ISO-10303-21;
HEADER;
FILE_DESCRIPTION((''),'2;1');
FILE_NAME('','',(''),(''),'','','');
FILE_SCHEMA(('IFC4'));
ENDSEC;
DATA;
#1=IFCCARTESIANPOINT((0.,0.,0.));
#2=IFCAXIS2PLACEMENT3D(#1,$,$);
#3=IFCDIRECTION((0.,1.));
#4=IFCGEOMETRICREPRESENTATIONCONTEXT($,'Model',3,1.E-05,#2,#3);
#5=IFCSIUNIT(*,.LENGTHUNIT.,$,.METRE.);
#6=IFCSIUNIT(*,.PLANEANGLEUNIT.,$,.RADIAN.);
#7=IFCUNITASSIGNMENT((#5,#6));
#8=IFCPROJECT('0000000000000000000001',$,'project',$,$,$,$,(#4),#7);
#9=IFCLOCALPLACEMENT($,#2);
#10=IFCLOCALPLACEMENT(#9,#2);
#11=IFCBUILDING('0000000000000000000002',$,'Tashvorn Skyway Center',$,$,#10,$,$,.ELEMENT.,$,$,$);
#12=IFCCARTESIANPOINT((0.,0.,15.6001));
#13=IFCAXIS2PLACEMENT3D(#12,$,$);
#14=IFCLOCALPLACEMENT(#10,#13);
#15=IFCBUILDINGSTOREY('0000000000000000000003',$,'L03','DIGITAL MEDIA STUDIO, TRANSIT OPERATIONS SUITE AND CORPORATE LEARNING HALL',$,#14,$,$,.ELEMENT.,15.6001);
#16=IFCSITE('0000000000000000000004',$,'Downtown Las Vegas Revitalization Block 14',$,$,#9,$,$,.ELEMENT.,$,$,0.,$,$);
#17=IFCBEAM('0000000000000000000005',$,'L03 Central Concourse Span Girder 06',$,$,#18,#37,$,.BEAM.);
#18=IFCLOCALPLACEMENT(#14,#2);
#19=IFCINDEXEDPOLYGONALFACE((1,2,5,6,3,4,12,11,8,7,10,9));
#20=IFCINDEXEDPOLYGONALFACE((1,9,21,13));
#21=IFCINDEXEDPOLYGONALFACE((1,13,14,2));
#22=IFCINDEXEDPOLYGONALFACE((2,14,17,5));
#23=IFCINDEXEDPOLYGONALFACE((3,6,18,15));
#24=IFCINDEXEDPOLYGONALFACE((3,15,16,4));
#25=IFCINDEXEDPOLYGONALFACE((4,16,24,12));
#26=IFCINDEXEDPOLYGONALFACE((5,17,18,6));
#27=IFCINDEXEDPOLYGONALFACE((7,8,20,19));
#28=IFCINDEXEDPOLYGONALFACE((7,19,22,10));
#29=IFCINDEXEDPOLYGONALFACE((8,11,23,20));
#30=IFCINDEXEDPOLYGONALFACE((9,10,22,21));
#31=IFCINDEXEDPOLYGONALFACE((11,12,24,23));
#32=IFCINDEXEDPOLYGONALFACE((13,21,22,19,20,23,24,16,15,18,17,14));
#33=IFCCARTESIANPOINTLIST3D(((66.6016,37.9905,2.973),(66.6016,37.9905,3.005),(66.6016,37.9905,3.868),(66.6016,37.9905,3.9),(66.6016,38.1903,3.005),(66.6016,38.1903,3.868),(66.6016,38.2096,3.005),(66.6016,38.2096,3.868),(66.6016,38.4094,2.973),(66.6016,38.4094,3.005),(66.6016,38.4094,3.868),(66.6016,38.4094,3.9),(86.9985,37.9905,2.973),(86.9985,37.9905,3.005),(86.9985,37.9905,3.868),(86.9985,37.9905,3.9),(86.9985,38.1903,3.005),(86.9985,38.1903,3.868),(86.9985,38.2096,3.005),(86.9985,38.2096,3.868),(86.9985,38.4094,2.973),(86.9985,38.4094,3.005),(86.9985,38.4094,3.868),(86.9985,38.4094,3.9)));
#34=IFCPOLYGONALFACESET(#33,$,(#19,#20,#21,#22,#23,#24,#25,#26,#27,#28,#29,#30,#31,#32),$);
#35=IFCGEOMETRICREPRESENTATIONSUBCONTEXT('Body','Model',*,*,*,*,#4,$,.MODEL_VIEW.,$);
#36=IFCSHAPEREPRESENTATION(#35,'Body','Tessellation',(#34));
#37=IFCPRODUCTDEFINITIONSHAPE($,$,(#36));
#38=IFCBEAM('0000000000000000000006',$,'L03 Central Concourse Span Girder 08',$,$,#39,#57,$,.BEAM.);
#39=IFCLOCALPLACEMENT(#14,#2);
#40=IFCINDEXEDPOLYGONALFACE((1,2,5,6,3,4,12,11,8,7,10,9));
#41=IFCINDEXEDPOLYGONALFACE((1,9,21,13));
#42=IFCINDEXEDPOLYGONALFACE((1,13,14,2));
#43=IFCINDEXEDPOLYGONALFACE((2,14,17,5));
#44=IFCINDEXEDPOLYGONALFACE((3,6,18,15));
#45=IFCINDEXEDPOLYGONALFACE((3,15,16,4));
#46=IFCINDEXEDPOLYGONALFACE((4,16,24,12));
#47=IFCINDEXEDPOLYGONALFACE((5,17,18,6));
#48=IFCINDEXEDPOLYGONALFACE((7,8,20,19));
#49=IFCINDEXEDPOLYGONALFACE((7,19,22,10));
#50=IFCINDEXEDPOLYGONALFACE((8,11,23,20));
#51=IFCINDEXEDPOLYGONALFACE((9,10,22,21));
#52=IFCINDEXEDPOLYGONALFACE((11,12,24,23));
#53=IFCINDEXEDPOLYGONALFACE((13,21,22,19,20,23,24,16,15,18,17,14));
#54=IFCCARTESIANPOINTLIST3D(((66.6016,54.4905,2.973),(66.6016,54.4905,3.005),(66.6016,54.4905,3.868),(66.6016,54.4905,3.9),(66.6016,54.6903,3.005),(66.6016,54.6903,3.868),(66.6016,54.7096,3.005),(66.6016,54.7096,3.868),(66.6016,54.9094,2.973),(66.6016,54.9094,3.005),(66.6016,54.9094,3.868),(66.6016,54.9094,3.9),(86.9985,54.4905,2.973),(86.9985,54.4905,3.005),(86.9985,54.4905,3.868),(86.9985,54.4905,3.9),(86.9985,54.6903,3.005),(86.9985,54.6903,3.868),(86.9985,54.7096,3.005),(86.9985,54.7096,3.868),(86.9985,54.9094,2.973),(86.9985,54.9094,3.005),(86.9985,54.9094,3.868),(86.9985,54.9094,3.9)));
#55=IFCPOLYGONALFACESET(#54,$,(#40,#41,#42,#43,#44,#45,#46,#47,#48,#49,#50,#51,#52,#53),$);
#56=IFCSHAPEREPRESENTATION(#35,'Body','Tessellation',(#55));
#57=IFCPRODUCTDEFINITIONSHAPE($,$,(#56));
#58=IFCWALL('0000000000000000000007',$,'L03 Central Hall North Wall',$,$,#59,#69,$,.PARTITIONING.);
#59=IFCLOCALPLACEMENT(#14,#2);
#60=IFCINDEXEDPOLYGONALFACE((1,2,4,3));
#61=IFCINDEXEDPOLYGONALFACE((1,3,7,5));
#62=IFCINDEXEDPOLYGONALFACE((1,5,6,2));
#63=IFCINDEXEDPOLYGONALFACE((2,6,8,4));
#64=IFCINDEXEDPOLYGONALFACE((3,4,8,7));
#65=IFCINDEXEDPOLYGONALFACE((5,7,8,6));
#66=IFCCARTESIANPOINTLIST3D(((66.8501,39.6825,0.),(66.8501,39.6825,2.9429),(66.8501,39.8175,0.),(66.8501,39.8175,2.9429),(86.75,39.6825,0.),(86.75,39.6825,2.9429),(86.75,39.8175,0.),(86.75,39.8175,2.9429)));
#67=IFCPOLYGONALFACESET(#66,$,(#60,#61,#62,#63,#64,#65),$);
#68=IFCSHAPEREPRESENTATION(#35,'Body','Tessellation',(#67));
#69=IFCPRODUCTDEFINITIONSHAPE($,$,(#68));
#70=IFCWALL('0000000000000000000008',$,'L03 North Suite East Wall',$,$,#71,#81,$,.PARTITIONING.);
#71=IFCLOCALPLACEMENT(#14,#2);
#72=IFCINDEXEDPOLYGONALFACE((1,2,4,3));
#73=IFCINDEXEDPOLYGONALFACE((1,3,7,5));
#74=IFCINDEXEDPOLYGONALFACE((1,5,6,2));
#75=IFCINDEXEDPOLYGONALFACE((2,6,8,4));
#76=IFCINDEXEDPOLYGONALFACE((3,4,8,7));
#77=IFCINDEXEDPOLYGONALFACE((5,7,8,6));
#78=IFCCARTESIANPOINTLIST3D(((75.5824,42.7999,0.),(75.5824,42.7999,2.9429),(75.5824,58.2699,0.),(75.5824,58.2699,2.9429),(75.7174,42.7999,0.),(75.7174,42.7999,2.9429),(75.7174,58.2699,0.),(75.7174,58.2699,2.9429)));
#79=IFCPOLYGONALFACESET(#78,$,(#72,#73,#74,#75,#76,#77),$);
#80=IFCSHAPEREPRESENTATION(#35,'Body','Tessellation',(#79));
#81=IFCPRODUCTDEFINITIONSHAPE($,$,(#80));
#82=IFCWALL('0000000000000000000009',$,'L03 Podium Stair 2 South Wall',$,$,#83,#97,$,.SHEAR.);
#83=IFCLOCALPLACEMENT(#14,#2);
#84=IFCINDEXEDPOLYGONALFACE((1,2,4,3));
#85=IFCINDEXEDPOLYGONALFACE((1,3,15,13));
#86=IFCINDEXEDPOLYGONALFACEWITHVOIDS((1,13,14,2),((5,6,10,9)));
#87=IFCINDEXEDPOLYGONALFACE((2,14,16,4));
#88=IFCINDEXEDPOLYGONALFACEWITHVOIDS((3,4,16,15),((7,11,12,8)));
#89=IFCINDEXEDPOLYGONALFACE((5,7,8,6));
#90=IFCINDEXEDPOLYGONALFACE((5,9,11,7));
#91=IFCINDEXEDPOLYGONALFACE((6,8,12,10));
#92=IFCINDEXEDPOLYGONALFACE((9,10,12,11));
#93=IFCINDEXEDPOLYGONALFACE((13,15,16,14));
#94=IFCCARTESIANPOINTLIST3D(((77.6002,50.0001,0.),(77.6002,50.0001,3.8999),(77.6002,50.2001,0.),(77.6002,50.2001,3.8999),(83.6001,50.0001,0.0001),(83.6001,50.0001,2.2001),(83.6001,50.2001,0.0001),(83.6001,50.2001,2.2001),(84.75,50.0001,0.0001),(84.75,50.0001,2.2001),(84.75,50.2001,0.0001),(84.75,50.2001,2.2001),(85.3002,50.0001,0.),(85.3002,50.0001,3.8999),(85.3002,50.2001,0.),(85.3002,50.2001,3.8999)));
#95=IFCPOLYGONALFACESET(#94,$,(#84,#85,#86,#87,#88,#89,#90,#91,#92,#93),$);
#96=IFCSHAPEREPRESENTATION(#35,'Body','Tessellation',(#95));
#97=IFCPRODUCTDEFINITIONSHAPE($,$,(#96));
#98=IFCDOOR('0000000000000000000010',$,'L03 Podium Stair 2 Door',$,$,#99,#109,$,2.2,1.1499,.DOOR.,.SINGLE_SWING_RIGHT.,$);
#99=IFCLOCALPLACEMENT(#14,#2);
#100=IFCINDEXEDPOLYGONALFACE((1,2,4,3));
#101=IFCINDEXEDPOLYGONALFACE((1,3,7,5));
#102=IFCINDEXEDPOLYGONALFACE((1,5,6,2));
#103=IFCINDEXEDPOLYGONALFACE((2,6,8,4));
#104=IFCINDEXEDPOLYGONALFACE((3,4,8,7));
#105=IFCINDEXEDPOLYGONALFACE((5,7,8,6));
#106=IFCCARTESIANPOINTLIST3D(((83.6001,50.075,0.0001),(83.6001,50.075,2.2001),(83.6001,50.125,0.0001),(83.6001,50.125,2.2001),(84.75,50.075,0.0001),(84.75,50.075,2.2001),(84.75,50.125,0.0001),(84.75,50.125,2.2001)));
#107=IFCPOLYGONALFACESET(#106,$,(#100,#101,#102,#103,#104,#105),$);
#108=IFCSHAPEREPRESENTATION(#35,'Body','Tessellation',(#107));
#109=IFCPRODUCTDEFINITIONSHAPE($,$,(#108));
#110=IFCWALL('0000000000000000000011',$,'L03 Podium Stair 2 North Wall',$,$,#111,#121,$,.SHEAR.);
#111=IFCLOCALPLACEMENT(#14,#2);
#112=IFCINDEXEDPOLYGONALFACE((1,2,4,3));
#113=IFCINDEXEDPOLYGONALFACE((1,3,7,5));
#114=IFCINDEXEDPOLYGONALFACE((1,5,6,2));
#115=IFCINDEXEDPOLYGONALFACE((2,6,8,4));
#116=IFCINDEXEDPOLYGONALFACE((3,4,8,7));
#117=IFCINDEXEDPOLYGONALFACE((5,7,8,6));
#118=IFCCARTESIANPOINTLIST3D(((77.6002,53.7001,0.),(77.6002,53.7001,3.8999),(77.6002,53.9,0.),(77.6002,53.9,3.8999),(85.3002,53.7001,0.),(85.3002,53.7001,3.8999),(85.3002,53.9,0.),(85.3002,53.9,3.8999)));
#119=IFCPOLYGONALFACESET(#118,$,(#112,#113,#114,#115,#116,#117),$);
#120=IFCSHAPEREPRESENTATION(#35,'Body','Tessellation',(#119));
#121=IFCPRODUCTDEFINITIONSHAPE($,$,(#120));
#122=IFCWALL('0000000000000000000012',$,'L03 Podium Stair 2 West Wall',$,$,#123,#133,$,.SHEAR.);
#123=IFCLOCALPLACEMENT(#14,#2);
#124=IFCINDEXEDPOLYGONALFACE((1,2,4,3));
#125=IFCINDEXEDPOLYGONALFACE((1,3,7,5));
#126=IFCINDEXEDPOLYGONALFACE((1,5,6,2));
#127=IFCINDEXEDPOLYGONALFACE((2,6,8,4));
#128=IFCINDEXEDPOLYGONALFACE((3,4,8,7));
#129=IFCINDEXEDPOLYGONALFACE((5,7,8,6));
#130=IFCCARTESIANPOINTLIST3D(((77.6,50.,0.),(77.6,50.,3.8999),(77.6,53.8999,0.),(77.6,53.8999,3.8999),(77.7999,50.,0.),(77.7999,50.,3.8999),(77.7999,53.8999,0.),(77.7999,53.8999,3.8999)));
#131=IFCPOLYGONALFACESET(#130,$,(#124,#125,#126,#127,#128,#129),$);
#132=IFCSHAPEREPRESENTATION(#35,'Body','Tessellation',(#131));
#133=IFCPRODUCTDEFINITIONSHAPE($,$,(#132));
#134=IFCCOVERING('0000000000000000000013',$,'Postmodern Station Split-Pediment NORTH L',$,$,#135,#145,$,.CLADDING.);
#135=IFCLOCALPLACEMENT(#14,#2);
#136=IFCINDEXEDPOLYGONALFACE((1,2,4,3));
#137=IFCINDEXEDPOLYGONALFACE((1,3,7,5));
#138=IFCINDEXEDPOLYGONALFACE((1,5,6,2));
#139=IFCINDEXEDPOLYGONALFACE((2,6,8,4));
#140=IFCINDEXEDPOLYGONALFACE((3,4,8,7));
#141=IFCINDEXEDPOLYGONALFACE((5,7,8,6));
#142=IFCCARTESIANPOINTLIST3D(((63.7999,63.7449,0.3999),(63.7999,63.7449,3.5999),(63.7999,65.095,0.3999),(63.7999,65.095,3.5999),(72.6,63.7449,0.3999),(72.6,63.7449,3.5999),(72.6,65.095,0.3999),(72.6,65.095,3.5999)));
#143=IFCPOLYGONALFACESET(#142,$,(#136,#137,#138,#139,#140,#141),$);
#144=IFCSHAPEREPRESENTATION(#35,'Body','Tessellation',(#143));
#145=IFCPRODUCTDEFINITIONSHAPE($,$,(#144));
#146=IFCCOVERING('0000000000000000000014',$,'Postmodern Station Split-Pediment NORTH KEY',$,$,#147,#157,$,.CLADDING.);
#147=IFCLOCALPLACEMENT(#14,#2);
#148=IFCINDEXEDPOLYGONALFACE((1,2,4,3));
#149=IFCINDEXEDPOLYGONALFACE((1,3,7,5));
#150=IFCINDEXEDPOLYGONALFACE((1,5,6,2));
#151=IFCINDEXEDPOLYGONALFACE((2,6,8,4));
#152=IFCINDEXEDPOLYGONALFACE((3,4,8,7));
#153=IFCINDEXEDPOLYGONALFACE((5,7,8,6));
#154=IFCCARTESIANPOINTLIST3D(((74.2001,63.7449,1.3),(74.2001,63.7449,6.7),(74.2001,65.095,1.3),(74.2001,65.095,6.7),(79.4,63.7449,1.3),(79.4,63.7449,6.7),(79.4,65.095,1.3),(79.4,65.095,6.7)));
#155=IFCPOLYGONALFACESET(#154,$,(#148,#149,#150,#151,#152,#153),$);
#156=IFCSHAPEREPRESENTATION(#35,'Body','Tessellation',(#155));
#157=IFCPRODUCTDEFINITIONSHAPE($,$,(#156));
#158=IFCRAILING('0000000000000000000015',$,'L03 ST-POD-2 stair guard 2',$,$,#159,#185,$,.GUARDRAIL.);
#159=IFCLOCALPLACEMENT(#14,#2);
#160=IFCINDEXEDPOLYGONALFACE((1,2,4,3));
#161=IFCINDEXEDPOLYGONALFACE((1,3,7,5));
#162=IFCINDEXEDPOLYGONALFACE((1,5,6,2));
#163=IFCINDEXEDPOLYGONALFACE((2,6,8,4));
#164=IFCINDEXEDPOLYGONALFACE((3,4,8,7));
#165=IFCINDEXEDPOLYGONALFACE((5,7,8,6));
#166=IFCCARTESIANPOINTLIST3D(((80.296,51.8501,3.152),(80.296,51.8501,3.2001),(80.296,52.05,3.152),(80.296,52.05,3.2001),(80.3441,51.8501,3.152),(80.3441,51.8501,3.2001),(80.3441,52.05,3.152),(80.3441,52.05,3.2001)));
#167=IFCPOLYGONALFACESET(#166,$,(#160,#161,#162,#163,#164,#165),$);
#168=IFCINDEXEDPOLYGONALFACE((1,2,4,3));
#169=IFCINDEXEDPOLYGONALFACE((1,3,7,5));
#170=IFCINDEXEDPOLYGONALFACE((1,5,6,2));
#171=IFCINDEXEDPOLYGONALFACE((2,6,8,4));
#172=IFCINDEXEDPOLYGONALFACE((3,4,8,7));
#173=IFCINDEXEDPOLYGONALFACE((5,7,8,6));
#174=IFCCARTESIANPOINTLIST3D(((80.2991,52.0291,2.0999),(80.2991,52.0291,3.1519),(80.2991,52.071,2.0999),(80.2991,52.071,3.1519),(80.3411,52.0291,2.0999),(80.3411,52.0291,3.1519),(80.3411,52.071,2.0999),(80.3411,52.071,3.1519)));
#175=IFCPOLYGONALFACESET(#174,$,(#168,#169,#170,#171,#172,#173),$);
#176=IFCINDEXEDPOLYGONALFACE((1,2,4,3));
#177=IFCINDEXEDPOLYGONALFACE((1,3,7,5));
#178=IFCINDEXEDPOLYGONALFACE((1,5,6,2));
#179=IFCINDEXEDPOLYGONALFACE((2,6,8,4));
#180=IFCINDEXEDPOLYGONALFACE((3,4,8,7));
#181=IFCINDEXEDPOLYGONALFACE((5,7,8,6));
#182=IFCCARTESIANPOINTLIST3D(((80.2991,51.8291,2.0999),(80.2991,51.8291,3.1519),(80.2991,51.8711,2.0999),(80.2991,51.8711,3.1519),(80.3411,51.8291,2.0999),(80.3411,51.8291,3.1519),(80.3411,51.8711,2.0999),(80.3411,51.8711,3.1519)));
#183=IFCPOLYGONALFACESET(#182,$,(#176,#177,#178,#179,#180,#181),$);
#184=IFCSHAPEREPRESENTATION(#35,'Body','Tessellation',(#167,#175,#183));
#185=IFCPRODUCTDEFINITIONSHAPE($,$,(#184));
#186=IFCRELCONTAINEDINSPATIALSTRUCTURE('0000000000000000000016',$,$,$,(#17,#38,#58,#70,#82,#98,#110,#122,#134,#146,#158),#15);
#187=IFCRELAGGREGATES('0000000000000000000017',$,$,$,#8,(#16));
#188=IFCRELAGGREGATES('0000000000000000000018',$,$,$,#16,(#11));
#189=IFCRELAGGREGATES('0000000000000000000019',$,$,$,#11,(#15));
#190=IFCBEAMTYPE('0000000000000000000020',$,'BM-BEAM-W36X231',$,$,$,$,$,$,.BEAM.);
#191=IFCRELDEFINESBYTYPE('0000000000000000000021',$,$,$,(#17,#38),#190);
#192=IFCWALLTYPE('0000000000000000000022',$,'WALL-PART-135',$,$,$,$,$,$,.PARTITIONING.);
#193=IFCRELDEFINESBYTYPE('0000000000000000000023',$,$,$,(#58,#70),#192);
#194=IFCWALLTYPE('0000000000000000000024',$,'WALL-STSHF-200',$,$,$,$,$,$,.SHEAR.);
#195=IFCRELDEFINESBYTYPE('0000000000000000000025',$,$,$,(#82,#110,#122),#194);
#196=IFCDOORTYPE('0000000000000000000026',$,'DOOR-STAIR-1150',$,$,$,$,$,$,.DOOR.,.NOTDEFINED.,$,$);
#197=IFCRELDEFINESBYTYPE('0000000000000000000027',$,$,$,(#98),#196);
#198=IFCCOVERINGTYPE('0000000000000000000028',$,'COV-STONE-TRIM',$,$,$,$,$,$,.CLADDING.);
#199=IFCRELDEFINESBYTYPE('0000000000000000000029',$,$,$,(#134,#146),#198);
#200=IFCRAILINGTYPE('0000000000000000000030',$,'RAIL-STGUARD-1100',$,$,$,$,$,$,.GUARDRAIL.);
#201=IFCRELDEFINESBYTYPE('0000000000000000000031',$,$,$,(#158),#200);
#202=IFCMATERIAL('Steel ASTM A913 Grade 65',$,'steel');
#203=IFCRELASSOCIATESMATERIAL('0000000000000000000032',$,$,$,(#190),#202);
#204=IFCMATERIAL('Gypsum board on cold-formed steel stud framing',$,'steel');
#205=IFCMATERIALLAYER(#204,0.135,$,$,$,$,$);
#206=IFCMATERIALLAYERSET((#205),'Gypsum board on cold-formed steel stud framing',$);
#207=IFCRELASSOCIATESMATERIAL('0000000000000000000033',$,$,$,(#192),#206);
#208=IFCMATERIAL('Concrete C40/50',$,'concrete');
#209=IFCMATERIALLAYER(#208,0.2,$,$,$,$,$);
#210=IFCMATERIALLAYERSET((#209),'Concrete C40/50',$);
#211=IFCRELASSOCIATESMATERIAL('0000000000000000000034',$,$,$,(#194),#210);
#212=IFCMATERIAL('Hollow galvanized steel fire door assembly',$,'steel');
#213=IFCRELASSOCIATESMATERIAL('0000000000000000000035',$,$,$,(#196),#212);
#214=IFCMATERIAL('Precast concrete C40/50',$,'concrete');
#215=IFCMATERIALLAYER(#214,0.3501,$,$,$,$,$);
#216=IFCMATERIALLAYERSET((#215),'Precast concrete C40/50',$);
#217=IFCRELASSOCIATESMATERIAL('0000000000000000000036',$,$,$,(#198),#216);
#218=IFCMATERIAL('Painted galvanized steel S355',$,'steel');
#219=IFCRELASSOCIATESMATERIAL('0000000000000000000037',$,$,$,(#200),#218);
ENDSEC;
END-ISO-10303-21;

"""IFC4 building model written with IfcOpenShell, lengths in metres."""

from ifc_helpers import new_model, si_unit, direction, frame, frame_2d, origin, origin_2d, place, context, subcontext, project, spatial, rectangle, i_section, extrude, material, layer, layer_set, material_profile, profile_set, type_object, element, fill, save


model = new_model("IFC4")

# Units and contexts
model_context = context("Model", 3, precision=1e-05, world=origin(), true_north=direction((0.0, 1.0)))
body_context = subcontext(model_context, "Body", "Model", "MODEL_VIEW")
ifc_project = project(units=[si_unit("LENGTHUNIT", "METRE"), si_unit("PLANEANGLEUNIT", "RADIAN")], contexts=[model_context])

# Site, building, storey
site_placement = place(None, origin())
site = spatial("IfcSite", under=ifc_project, at=site_placement, Name="Downtown Las Vegas Revitalization Block 14", CompositionType="ELEMENT", RefElevation=0.0)
building_placement = place(site_placement, origin())
building = spatial("IfcBuilding", under=site, at=building_placement, Name="Tashvorn Skyway Center", CompositionType="ELEMENT")
storey_placement = place(building_placement, frame((0.0, 0.0, 15.6001)))
storey = spatial("IfcBuildingStorey", under=building, at=storey_placement, Name="L03", Description="DIGITAL MEDIA STUDIO, TRANSIT OPERATIONS SUITE AND CORPORATE LEARNING HALL", CompositionType="ELEMENT", Elevation=15.6001)

# Beams
ifc_material_1 = material(Name="Steel ASTM A913 Grade 65", Category="steel")
ifc_material_profile_1 = material_profile(ifc_material_1, i_section(OverallWidth=0.4189, OverallDepth=0.927, WebThickness=0.0193, FlangeThickness=0.032, at=origin_2d()), Name="W36X231")
ifc_profile_set_1 = profile_set([ifc_material_profile_1], Name="Steel ASTM A913 Grade 65")
beam_type_1 = type_object("IfcBeamType", Name="BM-BEAM-W36X231", PredefinedType="BEAM", material=ifc_profile_set_1)
for number, where, z_axis, x_axis, name in (
    (1, (66.6016, 38.2, 3.4365), (1.0, 0.0, 0.0), (0.0, 1.0, 0.0), "L03 Central Concourse Span Girder 06"),
    (2, (66.6016, 54.7, 3.4365), (1.0, 0.0, 0.0), (0.0, 1.0, 0.0), "L03 Central Concourse Span Girder 08"),
):
    element("IfcBeam", number, at=place(storey_placement, frame(where, z_axis=z_axis, x_axis=x_axis)), inside=storey, type_object=beam_type_1, Name=name, PredefinedType="BEAM", context=body_context, shape_type="SweptSolid", body=[
        extrude(i_section(OverallWidth=0.4189, OverallDepth=0.927, WebThickness=0.0193, FlangeThickness=0.032, at=origin_2d()), origin(), (0.0, 0.0, 1.0), 20.397),
    ])

# Walls
ifc_material_2 = material(Name="Gypsum board on cold-formed steel stud framing", Category="steel")
ifc_layer_1 = layer(ifc_material_2, 0.135)
ifc_layer_set_1 = layer_set([ifc_layer_1], Name="Gypsum board on cold-formed steel stud framing")
wall_type_1 = type_object("IfcWallType", Name="WALL-PART-135", PredefinedType="PARTITIONING", material=ifc_layer_set_1)
wall_1_placement = place(storey_placement, frame((66.8501, 39.75, 0.0), z_axis=(0.0, 0.0, 1.0), x_axis=(1.0, 0.0, 0.0)))
element("IfcWall", 3, at=wall_1_placement, inside=storey, type_object=wall_type_1, Name="L03 Central Hall North Wall", PredefinedType="PARTITIONING", context=body_context, shape_type="SweptSolid", body=[
    extrude(rectangle(XDim=19.8999, YDim=0.135, at=frame_2d((9.95, 0.0))), origin(), (0.0, 0.0, 1.0), 2.9429),
])
wall_2_placement = place(storey_placement, frame((75.6499, 42.8, 0.0), z_axis=(0.0, 0.0, 1.0), x_axis=(0.0, 1.0, 0.0)))
element("IfcWall", 4, at=wall_2_placement, inside=storey, type_object=wall_type_1, Name="L03 North Suite East Wall", PredefinedType="PARTITIONING", context=body_context, shape_type="SweptSolid", body=[
    extrude(rectangle(XDim=15.47, YDim=0.135, at=frame_2d((7.7349, 0.0))), origin(), (0.0, 0.0, 1.0), 2.9429),
])

# Wall, opening, door
ifc_material_3 = material(Name="Concrete C40/50", Category="concrete")
ifc_layer_2 = layer(ifc_material_3, 0.2)
ifc_layer_set_2 = layer_set([ifc_layer_2], Name="Concrete C40/50")
wall_type_2 = type_object("IfcWallType", Name="WALL-STSHF-200", PredefinedType="SHEAR", material=ifc_layer_set_2)
wall_3_placement = place(storey_placement, frame((77.6001, 50.1001, 0.0), z_axis=(0.0, 0.0, 1.0), x_axis=(1.0, 0.0, 0.0)))
wall_3 = element("IfcWall", 5, at=wall_3_placement, inside=storey, type_object=wall_type_2, Name="L03 Podium Stair 2 South Wall", PredefinedType="SHEAR", context=body_context, shape_type="SweptSolid", body=[
    extrude(rectangle(XDim=7.7, YDim=0.2, at=frame_2d((3.8501, 0.0))), origin(), (0.0, 0.0, 1.0), 3.8999),
])
opening_placement = place(wall_3_placement, frame((6.0, 0.0, 0.0)))
opening = element("IfcOpeningElement", 6, at=opening_placement, cuts=wall_3, PredefinedType="OPENING", context=body_context, shape_type="SweptSolid", body=[
    extrude(rectangle(XDim=1.1499, YDim=2.2, at=frame_2d((0.575, 1.1001))), frame((0.0, 0.1099, 0.0), z_axis=(0.0, -1.0, 0.0), x_axis=(1.0, 0.0, 0.0)), (0.0, 0.0, 1.0), 0.22),
])
ifc_material_4 = material(Name="Hollow galvanized steel fire door assembly", Category="steel")
door_type = type_object("IfcDoorType", Name="DOOR-STAIR-1150", OperationType="NOTDEFINED", PredefinedType="DOOR", material=ifc_material_4)
door_placement = place(opening_placement, origin())
door = element("IfcDoor", 7, at=door_placement, inside=storey, type_object=door_type, Name="L03 Podium Stair 2 Door", OperationType="SINGLE_SWING_RIGHT", OverallHeight=2.2, OverallWidth=1.1499, PredefinedType="DOOR", context=body_context, shape_type="SweptSolid", body=[
    extrude(rectangle(XDim=1.1499, YDim=2.2, at=frame_2d((0.575, 1.1001))), frame((0.0, 0.0249, 0.0), z_axis=(0.0, -1.0, 0.0), x_axis=(1.0, 0.0, 0.0)), (0.0, 0.0, 1.0), 0.05),
])
fill(opening, door)

# Walls
wall_4_placement = place(storey_placement, frame((77.6001, 53.8, 0.0), z_axis=(0.0, 0.0, 1.0), x_axis=(1.0, 0.0, 0.0)))
element("IfcWall", 8, at=wall_4_placement, inside=storey, type_object=wall_type_2, Name="L03 Podium Stair 2 North Wall", PredefinedType="SHEAR", context=body_context, shape_type="SweptSolid", body=[
    extrude(rectangle(XDim=7.7, YDim=0.2, at=frame_2d((3.8501, 0.0))), origin(), (0.0, 0.0, 1.0), 3.8999),
])
wall_5_placement = place(storey_placement, frame((77.7, 50.0, 0.0), z_axis=(0.0, 0.0, 1.0), x_axis=(0.0, 1.0, 0.0)))
element("IfcWall", 9, at=wall_5_placement, inside=storey, type_object=wall_type_2, Name="L03 Podium Stair 2 West Wall", PredefinedType="SHEAR", context=body_context, shape_type="SweptSolid", body=[
    extrude(rectangle(XDim=3.8999, YDim=0.2, at=frame_2d((1.95, 0.0))), origin(), (0.0, 0.0, 1.0), 3.8999),
])

# Coverings
ifc_material_5 = material(Name="Precast concrete C40/50", Category="concrete")
ifc_layer_3 = layer(ifc_material_5, 0.3501)
ifc_layer_set_3 = layer_set([ifc_layer_3], Name="Precast concrete C40/50")
covering_type = type_object("IfcCoveringType", Name="COV-STONE-TRIM", PredefinedType="CLADDING", material=ifc_layer_set_3)
covering_1_placement = place(storey_placement, frame((68.2, 64.4199, 0.3999), z_axis=(0.0, 0.0, 1.0), x_axis=(1.0, 0.0, 0.0)))
element("IfcCovering", 10, at=covering_1_placement, inside=storey, type_object=covering_type, Name="Postmodern Station Split-Pediment NORTH L", PredefinedType="CLADDING", context=body_context, shape_type="SweptSolid", body=[
    extrude(rectangle(XDim=8.8, YDim=1.3501, at=origin_2d()), origin(), (0.0, 0.0, 1.0), 3.2),
])
covering_2_placement = place(storey_placement, frame((76.8, 64.4199, 1.3), z_axis=(0.0, 0.0, 1.0), x_axis=(1.0, 0.0, 0.0)))
element("IfcCovering", 11, at=covering_2_placement, inside=storey, type_object=covering_type, Name="Postmodern Station Split-Pediment NORTH KEY", PredefinedType="CLADDING", context=body_context, shape_type="SweptSolid", body=[
    extrude(rectangle(XDim=5.2, YDim=1.3501, at=origin_2d()), origin(), (0.0, 0.0, 1.0), 5.3999),
])

# Railing
ifc_material_6 = material(Name="Painted galvanized steel S355", Category="steel")
railing_type = type_object("IfcRailingType", Name="RAIL-STGUARD-1100", PredefinedType="GUARDRAIL", material=ifc_material_6)
railing_1_placement = place(storey_placement, frame((80.3201, 52.05, 2.0999)))
element("IfcRailing", 12, at=railing_1_placement, inside=storey, type_object=railing_type, Name="L03 ST-POD-2 stair guard 2", PredefinedType="GUARDRAIL", context=body_context, shape_type="SweptSolid", body=[
    extrude(rectangle(XDim=0.0481, YDim=0.0481, at=origin_2d()), frame((0.0, 0.0, 1.0762), z_axis=(0.0, -1.0, 0.0), x_axis=(1.0, 0.0, 0.0)), (0.0, 0.0, 1.0), 0.2),
    extrude(rectangle(XDim=0.042, YDim=0.042, at=origin_2d()), origin(), (0.0, 0.0, 1.0), 1.052),
    extrude(rectangle(XDim=0.042, YDim=0.042, at=origin_2d()), frame((0.0, -0.2, 0.0)), (0.0, 0.0, 1.0), 1.052),
])

save(model, "model.ifc")
